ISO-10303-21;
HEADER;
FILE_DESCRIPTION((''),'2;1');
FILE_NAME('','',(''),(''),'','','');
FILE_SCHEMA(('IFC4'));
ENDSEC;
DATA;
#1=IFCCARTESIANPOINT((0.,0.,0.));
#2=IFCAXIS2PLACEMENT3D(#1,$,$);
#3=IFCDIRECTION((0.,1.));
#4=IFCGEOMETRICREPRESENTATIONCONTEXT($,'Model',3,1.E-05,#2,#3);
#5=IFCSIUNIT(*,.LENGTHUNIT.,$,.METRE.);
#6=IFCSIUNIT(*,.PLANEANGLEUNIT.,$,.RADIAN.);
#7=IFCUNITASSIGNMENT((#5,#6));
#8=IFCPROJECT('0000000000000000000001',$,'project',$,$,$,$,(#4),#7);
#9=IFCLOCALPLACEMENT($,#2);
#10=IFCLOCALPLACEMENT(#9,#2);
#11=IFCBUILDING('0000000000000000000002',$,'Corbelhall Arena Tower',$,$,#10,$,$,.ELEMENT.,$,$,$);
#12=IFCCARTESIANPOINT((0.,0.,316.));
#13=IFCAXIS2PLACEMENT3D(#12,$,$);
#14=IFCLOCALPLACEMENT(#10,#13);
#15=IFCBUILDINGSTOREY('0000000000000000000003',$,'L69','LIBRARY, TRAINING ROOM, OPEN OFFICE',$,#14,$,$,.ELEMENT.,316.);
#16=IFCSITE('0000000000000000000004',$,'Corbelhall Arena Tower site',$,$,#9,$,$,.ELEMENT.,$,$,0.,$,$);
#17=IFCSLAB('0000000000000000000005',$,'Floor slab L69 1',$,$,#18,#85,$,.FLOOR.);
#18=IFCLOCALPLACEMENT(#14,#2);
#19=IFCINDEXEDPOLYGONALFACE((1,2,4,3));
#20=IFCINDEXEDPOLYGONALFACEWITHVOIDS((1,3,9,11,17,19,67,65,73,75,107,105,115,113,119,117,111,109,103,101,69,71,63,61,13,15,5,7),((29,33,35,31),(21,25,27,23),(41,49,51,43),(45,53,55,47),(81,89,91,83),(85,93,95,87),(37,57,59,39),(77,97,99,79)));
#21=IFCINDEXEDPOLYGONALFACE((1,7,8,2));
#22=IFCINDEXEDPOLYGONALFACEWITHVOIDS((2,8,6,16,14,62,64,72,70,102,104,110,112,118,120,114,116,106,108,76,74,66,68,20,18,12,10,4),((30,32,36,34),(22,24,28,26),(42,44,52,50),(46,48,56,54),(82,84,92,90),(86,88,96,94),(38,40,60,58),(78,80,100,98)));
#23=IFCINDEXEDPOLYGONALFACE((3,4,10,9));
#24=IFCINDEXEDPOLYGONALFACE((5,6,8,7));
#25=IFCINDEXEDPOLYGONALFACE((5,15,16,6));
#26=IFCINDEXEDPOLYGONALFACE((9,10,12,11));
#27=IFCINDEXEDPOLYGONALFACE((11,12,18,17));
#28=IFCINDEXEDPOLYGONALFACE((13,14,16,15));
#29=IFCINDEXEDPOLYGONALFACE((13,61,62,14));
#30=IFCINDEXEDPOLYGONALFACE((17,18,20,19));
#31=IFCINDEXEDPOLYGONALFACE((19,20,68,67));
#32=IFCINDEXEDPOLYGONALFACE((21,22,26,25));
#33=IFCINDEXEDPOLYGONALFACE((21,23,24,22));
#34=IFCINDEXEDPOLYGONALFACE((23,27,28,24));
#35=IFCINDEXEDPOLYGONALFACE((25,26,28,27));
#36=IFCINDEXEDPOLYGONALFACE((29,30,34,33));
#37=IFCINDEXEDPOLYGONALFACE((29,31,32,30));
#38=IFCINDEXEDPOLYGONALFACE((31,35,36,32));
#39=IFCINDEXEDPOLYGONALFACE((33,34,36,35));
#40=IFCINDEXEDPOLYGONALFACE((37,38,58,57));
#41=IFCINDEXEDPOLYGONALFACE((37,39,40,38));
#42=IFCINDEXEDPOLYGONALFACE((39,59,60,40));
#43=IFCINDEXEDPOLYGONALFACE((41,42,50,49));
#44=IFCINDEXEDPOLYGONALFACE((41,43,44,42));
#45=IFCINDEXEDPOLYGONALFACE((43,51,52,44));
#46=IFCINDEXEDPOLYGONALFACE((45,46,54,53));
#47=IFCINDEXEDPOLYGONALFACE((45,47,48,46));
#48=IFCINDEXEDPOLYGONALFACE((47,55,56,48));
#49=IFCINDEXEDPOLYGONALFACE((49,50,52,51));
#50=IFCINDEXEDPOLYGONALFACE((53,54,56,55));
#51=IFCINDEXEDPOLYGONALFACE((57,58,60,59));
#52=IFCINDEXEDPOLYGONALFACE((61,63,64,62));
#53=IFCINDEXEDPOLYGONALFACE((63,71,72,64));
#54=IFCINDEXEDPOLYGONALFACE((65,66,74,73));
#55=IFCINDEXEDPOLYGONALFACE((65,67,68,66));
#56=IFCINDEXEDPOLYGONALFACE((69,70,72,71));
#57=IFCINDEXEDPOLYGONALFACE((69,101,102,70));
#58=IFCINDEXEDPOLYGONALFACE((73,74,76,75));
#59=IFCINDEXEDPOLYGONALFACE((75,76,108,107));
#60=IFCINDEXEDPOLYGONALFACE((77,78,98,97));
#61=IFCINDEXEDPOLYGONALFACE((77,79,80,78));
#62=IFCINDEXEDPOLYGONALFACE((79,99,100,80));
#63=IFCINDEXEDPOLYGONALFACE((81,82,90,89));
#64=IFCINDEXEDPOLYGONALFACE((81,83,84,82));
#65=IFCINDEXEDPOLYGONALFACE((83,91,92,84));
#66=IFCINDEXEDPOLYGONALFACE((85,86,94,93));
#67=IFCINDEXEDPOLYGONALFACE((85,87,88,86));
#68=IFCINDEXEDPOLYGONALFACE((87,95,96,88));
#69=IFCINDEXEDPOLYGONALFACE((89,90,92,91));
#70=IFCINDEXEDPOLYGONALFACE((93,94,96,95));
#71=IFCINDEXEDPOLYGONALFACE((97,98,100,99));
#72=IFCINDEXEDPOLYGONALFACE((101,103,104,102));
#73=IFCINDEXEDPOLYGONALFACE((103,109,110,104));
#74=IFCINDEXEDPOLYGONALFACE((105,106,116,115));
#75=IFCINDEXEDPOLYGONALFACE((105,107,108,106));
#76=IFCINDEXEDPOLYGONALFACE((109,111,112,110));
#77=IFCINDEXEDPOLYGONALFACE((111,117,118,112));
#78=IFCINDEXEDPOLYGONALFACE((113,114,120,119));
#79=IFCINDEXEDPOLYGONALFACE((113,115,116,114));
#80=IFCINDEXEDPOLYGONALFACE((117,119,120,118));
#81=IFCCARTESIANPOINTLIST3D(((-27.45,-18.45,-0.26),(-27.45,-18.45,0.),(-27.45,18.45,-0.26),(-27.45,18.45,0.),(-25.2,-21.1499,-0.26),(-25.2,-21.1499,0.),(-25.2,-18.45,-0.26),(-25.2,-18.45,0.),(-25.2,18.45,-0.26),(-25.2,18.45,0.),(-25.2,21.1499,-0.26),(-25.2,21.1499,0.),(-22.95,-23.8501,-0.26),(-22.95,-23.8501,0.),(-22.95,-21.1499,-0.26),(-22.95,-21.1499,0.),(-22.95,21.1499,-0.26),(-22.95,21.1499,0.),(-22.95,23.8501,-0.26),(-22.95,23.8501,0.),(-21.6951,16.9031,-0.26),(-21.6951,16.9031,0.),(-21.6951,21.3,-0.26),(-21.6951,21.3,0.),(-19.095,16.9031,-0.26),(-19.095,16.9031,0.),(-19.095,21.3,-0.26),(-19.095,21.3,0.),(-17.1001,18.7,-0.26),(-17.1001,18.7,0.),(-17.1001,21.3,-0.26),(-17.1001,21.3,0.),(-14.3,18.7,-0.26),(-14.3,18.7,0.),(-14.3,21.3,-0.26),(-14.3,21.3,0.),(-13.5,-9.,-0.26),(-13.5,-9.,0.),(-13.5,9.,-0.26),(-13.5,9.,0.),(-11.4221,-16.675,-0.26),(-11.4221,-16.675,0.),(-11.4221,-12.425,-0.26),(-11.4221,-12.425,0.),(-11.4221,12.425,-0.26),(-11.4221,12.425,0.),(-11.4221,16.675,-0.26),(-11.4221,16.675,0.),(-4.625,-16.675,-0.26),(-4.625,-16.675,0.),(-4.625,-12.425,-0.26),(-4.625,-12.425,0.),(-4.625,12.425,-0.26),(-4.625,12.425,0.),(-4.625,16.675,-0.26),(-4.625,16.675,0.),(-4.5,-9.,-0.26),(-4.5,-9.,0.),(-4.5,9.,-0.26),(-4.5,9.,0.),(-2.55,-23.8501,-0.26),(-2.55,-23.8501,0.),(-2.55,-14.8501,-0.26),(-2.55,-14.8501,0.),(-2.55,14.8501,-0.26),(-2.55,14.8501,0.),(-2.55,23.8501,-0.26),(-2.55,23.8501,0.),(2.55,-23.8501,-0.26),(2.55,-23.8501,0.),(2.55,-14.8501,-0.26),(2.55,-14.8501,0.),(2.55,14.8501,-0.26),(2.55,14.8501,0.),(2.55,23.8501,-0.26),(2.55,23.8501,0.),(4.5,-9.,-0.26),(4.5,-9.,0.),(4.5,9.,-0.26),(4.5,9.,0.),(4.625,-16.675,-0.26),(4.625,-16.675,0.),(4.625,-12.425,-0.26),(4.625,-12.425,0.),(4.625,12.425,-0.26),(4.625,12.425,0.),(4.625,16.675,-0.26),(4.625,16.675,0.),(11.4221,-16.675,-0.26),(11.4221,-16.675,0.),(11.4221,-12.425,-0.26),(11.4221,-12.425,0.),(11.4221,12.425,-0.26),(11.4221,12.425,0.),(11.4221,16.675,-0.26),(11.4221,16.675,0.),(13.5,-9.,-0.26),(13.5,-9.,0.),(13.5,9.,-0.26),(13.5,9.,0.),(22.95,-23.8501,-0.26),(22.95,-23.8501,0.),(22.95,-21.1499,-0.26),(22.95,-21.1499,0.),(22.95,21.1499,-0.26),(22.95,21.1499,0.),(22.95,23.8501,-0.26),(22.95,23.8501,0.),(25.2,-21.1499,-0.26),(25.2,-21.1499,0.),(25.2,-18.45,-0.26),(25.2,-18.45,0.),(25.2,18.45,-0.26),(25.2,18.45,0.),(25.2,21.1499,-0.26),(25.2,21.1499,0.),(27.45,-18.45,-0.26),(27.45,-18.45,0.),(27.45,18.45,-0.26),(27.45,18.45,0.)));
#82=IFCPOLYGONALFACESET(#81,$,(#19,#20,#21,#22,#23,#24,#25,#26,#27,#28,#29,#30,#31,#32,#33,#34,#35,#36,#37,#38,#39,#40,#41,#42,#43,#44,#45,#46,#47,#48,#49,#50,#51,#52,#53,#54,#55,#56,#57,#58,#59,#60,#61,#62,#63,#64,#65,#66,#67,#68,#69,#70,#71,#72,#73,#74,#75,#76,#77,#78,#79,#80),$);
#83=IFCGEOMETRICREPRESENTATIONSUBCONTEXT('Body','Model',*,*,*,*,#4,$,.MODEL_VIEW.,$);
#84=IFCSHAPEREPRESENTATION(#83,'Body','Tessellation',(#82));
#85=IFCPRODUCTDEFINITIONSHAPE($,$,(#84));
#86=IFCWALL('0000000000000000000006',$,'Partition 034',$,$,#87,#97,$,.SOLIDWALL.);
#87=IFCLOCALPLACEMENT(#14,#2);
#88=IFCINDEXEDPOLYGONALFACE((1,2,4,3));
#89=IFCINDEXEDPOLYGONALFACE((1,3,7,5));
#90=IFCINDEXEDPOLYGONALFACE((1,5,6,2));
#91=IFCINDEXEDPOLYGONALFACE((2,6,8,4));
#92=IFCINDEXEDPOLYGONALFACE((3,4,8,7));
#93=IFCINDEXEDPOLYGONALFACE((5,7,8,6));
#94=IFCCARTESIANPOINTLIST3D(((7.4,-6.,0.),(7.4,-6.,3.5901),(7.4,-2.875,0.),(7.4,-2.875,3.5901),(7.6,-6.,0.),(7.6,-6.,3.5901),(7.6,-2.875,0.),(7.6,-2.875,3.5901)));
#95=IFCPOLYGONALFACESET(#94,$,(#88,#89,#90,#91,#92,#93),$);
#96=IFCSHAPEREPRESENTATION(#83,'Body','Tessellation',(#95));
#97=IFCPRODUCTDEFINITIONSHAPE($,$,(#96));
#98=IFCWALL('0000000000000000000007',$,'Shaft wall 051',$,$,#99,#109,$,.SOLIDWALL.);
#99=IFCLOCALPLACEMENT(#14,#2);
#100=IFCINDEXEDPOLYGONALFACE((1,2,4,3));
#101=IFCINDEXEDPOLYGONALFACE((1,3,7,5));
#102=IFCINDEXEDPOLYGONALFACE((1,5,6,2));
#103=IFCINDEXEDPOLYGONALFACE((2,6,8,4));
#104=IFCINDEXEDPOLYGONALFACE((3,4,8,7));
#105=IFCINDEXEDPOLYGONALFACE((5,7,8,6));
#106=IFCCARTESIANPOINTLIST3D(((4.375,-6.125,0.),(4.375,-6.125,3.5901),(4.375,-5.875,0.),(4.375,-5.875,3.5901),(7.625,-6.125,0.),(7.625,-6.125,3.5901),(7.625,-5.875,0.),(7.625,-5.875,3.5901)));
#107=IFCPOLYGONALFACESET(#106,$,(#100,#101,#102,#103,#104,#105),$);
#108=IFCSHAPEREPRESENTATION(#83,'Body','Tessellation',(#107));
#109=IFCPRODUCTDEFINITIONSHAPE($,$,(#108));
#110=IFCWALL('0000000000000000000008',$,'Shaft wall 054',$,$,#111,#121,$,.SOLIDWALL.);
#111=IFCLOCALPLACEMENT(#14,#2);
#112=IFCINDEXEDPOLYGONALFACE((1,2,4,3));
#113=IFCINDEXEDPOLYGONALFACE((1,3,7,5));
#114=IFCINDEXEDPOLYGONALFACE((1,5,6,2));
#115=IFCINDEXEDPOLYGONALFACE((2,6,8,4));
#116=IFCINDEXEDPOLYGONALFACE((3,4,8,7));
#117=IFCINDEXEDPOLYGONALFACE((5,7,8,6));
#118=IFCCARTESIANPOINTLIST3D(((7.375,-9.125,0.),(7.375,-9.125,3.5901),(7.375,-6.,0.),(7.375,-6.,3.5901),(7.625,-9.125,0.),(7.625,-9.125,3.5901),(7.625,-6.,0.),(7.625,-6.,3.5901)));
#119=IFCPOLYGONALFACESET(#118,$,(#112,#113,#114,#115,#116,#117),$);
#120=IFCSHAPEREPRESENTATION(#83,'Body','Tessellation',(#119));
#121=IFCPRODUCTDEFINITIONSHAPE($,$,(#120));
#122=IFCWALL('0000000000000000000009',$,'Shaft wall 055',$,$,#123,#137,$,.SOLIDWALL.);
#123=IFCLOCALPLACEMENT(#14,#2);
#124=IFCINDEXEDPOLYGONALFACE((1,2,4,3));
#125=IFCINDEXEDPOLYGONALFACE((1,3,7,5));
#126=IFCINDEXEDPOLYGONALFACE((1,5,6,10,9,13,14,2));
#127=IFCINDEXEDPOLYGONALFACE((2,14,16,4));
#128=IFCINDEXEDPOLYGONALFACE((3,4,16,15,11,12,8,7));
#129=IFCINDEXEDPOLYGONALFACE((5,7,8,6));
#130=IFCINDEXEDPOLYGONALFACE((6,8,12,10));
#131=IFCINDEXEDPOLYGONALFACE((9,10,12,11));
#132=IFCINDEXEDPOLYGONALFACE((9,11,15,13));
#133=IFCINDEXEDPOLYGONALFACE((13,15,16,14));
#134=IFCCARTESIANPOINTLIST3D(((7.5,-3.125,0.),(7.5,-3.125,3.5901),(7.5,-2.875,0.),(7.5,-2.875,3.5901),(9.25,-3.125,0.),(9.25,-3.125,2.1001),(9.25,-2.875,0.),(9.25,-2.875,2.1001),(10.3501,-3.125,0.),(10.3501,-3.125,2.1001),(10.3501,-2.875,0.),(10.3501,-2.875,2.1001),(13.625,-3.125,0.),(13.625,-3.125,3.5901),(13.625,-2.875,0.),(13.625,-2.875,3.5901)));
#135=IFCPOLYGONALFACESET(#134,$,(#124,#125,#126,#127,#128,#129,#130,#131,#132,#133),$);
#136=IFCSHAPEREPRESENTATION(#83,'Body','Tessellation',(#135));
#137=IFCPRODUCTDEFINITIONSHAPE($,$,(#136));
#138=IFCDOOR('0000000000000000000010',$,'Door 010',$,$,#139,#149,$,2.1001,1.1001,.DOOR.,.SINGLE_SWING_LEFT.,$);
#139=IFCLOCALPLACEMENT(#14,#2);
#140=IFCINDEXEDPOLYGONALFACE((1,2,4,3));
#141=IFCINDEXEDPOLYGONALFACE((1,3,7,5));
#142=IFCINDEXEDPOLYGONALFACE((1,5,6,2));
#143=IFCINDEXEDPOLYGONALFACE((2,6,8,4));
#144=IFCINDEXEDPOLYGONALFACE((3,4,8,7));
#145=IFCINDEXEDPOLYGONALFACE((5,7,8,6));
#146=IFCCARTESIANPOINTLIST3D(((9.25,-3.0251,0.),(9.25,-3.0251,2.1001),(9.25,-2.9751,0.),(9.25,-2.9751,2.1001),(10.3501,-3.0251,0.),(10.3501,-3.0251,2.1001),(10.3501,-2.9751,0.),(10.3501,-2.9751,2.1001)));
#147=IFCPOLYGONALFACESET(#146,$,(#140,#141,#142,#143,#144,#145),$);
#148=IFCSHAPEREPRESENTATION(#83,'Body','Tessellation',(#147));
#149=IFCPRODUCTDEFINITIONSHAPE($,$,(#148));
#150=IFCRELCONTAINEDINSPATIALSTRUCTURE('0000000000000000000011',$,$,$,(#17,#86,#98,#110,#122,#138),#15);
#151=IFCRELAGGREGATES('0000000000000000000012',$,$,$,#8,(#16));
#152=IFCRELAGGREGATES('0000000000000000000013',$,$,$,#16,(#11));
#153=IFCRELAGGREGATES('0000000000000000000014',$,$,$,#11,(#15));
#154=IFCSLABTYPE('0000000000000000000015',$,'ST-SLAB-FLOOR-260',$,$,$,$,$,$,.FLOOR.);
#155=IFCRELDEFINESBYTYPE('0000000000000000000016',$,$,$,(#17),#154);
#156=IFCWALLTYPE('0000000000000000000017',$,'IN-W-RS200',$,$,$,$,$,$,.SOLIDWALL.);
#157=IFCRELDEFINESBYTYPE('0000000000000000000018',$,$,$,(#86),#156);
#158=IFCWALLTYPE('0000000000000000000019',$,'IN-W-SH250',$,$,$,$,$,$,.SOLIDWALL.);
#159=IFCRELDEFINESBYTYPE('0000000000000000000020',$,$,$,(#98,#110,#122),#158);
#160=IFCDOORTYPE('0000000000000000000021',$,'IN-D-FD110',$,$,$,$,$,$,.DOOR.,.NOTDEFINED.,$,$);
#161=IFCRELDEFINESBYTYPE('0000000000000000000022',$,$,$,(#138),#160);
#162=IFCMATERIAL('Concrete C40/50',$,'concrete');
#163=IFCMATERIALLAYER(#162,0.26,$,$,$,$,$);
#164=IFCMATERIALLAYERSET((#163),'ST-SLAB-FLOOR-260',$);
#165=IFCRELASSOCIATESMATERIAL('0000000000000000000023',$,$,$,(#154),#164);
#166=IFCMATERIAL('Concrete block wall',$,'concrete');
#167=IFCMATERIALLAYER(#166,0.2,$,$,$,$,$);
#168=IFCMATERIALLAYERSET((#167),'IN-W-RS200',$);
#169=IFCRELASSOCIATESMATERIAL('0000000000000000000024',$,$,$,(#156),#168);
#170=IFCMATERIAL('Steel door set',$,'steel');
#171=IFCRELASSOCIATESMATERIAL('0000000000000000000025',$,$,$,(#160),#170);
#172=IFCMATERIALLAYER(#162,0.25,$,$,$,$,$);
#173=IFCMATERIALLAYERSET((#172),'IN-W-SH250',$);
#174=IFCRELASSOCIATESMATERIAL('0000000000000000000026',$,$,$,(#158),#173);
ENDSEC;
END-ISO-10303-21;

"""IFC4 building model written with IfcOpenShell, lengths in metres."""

from ifc_helpers import new_model, si_unit, direction, frame, frame_2d, origin, place, context, subcontext, project, spatial, polyline, rectangle, outline, extrude, material, layer, layer_set, type_object, element, fill, save


model = new_model("IFC4")

# Units and contexts
model_context = context("Model", 3, precision=1e-05, world=origin(), true_north=direction((0.0, 1.0)))
body_context = subcontext(model_context, "Body", "Model", "MODEL_VIEW")
ifc_project = project(units=[si_unit("LENGTHUNIT", "METRE"), si_unit("PLANEANGLEUNIT", "RADIAN")], contexts=[model_context])

# Site, building, storey
site_placement = place(None, origin())
site = spatial("IfcSite", under=ifc_project, at=site_placement, Name="Corbelhall Arena Tower site", CompositionType="ELEMENT", RefElevation=0.0)
building_placement = place(site_placement, origin())
building = spatial("IfcBuilding", under=site, at=building_placement, Name="Corbelhall Arena Tower", CompositionType="ELEMENT")
storey_placement = place(building_placement, frame((0.0, 0.0, 316.0)))
storey = spatial("IfcBuildingStorey", under=building, at=storey_placement, Name="L69", Description="LIBRARY, TRAINING ROOM, OPEN OFFICE", CompositionType="ELEMENT", Elevation=316.0)

# Shared definitions
ifc_material_1 = material(Name="Concrete C40/50", Category="concrete")

# Slab
ifc_layer_1 = layer(ifc_material_1, 0.26)
ifc_layer_set_1 = layer_set([ifc_layer_1], Name="ST-SLAB-FLOOR-260")
slab_type_1 = type_object("IfcSlabType", Name="ST-SLAB-FLOOR-260", PredefinedType="FLOOR", material=ifc_layer_set_1)
slab_1_placement = place(storey_placement, frame((0.0, 0.0, -0.26)))
element("IfcSlab", 1, at=slab_1_placement, inside=storey, type_object=slab_type_1, Name="Floor slab L69 1", PredefinedType="FLOOR", context=body_context, shape_type="SweptSolid", body=[
    extrude(outline(polyline([(22.95, 23.8501), (2.55, 23.8501), (2.55, 14.8501), (-2.55, 14.8501), (-2.55, 23.8501), (-22.95, 23.8501), (-22.95, 21.1499), (-25.2, 21.1499), (-25.2, 18.45), (-27.45, 18.45), (-27.45, -18.45), (-25.2, -18.45), (-25.2, -21.1499), (-22.95, -21.1499), (-22.95, -23.8501), (-2.55, -23.8501), (-2.55, -14.8501), (2.55, -14.8501), (2.55, -23.8501), (22.95, -23.8501), (22.95, -21.1499), (25.2, -21.1499), (25.2, -18.45), (27.45, -18.45), (27.45, 18.45), (25.2, 18.45), (25.2, 21.1499), (22.95, 21.1499), (22.95, 23.8501)]), holes=[polyline([(-13.5, 9.0), (-13.5, -9.0), (-4.5, -9.0), (-4.5, 9.0), (-13.5, 9.0)]), polyline([(4.5, 9.0), (4.5, -9.0), (13.5, -9.0), (13.5, 9.0), (4.5, 9.0)]), polyline([(-4.625, 16.675), (-11.4221, 16.675), (-11.4221, 12.425), (-4.625, 12.425), (-4.625, 16.675)]), polyline([(-4.625, -16.675), (-4.625, -12.425), (-11.4221, -12.425), (-11.4221, -16.675), (-4.625, -16.675)]), polyline([(11.4221, 16.675), (4.625, 16.675), (4.625, 12.425), (11.4221, 12.425), (11.4221, 16.675)]), polyline([(11.4221, -16.675), (11.4221, -12.425), (4.625, -12.425), (4.625, -16.675), (11.4221, -16.675)]), polyline([(-21.6951, 21.3), (-21.6951, 16.9031), (-19.095, 16.9031), (-19.095, 21.3), (-21.6951, 21.3)]), polyline([(-14.3, 21.3), (-17.1001, 21.3), (-17.1001, 18.7), (-14.3, 18.7), (-14.3, 21.3)])]), origin(), (0.0, 0.0, 1.0), 0.26),
])

# Wall
ifc_material_2 = material(Name="Concrete block wall", Category="concrete")
ifc_layer_2 = layer(ifc_material_2, 0.2)
ifc_layer_set_2 = layer_set([ifc_layer_2], Name="IN-W-RS200")
wall_type_1 = type_object("IfcWallType", Name="IN-W-RS200", PredefinedType="SOLIDWALL", material=ifc_layer_set_2)
wall_1_placement = place(storey_placement, frame((7.5, -2.875, 0.0), z_axis=(0.0, 0.0, 1.0), x_axis=(0.0, -1.0, 0.0)))
element("IfcWall", 2, at=wall_1_placement, inside=storey, type_object=wall_type_1, Name="Partition 034", PredefinedType="SOLIDWALL", context=body_context, shape_type="SweptSolid", body=[
    extrude(rectangle(XDim=3.125, YDim=0.2, at=frame_2d((1.5625, 0.0))), origin(), (0.0, 0.0, 1.0), 3.5901),
])

# Shared definitions
ifc_material_3 = material(Name="Steel door set", Category="steel")
door_type_1 = type_object("IfcDoorType", Name="IN-D-FD110", OperationType="NOTDEFINED", PredefinedType="DOOR", material=ifc_material_3)

# Walls
ifc_layer_3 = layer(ifc_material_1, 0.25)
ifc_layer_set_3 = layer_set([ifc_layer_3], Name="IN-W-SH250")
wall_type_2 = type_object("IfcWallType", Name="IN-W-SH250", PredefinedType="SOLIDWALL", material=ifc_layer_set_3)
wall_2_placement = place(storey_placement, frame((4.375, -6.0, 0.0), z_axis=(0.0, 0.0, 1.0), x_axis=(1.0, 0.0, 0.0)))
element("IfcWall", 3, at=wall_2_placement, inside=storey, type_object=wall_type_2, Name="Shaft wall 051", PredefinedType="SOLIDWALL", context=body_context, shape_type="SweptSolid", body=[
    extrude(rectangle(XDim=3.25, YDim=0.25, at=frame_2d((1.625, 0.0))), origin(), (0.0, 0.0, 1.0), 3.5901),
])
wall_3_placement = place(storey_placement, frame((7.5, -6.0, 0.0), z_axis=(0.0, 0.0, 1.0), x_axis=(0.0, -1.0, 0.0)))
element("IfcWall", 4, at=wall_3_placement, inside=storey, type_object=wall_type_2, Name="Shaft wall 054", PredefinedType="SOLIDWALL", context=body_context, shape_type="SweptSolid", body=[
    extrude(rectangle(XDim=3.125, YDim=0.25, at=frame_2d((1.5625, 0.0))), origin(), (0.0, 0.0, 1.0), 3.5901),
])

# Wall, opening, door
wall_4_placement = place(storey_placement, frame((7.5, -3.0, 0.0), z_axis=(0.0, 0.0, 1.0), x_axis=(1.0, 0.0, 0.0)))
wall_4 = element("IfcWall", 5, at=wall_4_placement, inside=storey, type_object=wall_type_2, Name="Shaft wall 055", PredefinedType="SOLIDWALL", context=body_context, shape_type="SweptSolid", body=[
    extrude(rectangle(XDim=6.125, YDim=0.25, at=frame_2d((3.0625, 0.0))), origin(), (0.0, 0.0, 1.0), 3.5901),
])
opening_1_placement = place(wall_4_placement, frame((1.75, 0.0, 0.0)))
opening_1 = element("IfcOpeningElement", 6, at=opening_1_placement, cuts=wall_4, PredefinedType="OPENING", context=body_context, shape_type="SweptSolid", body=[
    extrude(rectangle(XDim=1.1001, YDim=2.1001, at=frame_2d((0.55, 1.05))), frame((0.0, 0.125, 0.0), z_axis=(0.0, -1.0, 0.0), x_axis=(1.0, 0.0, 0.0)), (0.0, 0.0, 1.0), 0.25),
])
door_1_placement = place(opening_1_placement, origin())
door_1 = element("IfcDoor", 7, at=door_1_placement, inside=storey, type_object=door_type_1, Name="Door 010", OperationType="SINGLE_SWING_LEFT", OverallHeight=2.1001, OverallWidth=1.1001, PredefinedType="DOOR", context=body_context, shape_type="SweptSolid", body=[
    extrude(rectangle(XDim=1.1001, YDim=2.1001, at=frame_2d((0.55, 1.05))), frame((0.0, 0.0249, 0.0), z_axis=(0.0, -1.0, 0.0), x_axis=(1.0, 0.0, 0.0)), (0.0, 0.0, 1.0), 0.05),
])
fill(opening_1, door_1)

save(model, "model.ifc")
